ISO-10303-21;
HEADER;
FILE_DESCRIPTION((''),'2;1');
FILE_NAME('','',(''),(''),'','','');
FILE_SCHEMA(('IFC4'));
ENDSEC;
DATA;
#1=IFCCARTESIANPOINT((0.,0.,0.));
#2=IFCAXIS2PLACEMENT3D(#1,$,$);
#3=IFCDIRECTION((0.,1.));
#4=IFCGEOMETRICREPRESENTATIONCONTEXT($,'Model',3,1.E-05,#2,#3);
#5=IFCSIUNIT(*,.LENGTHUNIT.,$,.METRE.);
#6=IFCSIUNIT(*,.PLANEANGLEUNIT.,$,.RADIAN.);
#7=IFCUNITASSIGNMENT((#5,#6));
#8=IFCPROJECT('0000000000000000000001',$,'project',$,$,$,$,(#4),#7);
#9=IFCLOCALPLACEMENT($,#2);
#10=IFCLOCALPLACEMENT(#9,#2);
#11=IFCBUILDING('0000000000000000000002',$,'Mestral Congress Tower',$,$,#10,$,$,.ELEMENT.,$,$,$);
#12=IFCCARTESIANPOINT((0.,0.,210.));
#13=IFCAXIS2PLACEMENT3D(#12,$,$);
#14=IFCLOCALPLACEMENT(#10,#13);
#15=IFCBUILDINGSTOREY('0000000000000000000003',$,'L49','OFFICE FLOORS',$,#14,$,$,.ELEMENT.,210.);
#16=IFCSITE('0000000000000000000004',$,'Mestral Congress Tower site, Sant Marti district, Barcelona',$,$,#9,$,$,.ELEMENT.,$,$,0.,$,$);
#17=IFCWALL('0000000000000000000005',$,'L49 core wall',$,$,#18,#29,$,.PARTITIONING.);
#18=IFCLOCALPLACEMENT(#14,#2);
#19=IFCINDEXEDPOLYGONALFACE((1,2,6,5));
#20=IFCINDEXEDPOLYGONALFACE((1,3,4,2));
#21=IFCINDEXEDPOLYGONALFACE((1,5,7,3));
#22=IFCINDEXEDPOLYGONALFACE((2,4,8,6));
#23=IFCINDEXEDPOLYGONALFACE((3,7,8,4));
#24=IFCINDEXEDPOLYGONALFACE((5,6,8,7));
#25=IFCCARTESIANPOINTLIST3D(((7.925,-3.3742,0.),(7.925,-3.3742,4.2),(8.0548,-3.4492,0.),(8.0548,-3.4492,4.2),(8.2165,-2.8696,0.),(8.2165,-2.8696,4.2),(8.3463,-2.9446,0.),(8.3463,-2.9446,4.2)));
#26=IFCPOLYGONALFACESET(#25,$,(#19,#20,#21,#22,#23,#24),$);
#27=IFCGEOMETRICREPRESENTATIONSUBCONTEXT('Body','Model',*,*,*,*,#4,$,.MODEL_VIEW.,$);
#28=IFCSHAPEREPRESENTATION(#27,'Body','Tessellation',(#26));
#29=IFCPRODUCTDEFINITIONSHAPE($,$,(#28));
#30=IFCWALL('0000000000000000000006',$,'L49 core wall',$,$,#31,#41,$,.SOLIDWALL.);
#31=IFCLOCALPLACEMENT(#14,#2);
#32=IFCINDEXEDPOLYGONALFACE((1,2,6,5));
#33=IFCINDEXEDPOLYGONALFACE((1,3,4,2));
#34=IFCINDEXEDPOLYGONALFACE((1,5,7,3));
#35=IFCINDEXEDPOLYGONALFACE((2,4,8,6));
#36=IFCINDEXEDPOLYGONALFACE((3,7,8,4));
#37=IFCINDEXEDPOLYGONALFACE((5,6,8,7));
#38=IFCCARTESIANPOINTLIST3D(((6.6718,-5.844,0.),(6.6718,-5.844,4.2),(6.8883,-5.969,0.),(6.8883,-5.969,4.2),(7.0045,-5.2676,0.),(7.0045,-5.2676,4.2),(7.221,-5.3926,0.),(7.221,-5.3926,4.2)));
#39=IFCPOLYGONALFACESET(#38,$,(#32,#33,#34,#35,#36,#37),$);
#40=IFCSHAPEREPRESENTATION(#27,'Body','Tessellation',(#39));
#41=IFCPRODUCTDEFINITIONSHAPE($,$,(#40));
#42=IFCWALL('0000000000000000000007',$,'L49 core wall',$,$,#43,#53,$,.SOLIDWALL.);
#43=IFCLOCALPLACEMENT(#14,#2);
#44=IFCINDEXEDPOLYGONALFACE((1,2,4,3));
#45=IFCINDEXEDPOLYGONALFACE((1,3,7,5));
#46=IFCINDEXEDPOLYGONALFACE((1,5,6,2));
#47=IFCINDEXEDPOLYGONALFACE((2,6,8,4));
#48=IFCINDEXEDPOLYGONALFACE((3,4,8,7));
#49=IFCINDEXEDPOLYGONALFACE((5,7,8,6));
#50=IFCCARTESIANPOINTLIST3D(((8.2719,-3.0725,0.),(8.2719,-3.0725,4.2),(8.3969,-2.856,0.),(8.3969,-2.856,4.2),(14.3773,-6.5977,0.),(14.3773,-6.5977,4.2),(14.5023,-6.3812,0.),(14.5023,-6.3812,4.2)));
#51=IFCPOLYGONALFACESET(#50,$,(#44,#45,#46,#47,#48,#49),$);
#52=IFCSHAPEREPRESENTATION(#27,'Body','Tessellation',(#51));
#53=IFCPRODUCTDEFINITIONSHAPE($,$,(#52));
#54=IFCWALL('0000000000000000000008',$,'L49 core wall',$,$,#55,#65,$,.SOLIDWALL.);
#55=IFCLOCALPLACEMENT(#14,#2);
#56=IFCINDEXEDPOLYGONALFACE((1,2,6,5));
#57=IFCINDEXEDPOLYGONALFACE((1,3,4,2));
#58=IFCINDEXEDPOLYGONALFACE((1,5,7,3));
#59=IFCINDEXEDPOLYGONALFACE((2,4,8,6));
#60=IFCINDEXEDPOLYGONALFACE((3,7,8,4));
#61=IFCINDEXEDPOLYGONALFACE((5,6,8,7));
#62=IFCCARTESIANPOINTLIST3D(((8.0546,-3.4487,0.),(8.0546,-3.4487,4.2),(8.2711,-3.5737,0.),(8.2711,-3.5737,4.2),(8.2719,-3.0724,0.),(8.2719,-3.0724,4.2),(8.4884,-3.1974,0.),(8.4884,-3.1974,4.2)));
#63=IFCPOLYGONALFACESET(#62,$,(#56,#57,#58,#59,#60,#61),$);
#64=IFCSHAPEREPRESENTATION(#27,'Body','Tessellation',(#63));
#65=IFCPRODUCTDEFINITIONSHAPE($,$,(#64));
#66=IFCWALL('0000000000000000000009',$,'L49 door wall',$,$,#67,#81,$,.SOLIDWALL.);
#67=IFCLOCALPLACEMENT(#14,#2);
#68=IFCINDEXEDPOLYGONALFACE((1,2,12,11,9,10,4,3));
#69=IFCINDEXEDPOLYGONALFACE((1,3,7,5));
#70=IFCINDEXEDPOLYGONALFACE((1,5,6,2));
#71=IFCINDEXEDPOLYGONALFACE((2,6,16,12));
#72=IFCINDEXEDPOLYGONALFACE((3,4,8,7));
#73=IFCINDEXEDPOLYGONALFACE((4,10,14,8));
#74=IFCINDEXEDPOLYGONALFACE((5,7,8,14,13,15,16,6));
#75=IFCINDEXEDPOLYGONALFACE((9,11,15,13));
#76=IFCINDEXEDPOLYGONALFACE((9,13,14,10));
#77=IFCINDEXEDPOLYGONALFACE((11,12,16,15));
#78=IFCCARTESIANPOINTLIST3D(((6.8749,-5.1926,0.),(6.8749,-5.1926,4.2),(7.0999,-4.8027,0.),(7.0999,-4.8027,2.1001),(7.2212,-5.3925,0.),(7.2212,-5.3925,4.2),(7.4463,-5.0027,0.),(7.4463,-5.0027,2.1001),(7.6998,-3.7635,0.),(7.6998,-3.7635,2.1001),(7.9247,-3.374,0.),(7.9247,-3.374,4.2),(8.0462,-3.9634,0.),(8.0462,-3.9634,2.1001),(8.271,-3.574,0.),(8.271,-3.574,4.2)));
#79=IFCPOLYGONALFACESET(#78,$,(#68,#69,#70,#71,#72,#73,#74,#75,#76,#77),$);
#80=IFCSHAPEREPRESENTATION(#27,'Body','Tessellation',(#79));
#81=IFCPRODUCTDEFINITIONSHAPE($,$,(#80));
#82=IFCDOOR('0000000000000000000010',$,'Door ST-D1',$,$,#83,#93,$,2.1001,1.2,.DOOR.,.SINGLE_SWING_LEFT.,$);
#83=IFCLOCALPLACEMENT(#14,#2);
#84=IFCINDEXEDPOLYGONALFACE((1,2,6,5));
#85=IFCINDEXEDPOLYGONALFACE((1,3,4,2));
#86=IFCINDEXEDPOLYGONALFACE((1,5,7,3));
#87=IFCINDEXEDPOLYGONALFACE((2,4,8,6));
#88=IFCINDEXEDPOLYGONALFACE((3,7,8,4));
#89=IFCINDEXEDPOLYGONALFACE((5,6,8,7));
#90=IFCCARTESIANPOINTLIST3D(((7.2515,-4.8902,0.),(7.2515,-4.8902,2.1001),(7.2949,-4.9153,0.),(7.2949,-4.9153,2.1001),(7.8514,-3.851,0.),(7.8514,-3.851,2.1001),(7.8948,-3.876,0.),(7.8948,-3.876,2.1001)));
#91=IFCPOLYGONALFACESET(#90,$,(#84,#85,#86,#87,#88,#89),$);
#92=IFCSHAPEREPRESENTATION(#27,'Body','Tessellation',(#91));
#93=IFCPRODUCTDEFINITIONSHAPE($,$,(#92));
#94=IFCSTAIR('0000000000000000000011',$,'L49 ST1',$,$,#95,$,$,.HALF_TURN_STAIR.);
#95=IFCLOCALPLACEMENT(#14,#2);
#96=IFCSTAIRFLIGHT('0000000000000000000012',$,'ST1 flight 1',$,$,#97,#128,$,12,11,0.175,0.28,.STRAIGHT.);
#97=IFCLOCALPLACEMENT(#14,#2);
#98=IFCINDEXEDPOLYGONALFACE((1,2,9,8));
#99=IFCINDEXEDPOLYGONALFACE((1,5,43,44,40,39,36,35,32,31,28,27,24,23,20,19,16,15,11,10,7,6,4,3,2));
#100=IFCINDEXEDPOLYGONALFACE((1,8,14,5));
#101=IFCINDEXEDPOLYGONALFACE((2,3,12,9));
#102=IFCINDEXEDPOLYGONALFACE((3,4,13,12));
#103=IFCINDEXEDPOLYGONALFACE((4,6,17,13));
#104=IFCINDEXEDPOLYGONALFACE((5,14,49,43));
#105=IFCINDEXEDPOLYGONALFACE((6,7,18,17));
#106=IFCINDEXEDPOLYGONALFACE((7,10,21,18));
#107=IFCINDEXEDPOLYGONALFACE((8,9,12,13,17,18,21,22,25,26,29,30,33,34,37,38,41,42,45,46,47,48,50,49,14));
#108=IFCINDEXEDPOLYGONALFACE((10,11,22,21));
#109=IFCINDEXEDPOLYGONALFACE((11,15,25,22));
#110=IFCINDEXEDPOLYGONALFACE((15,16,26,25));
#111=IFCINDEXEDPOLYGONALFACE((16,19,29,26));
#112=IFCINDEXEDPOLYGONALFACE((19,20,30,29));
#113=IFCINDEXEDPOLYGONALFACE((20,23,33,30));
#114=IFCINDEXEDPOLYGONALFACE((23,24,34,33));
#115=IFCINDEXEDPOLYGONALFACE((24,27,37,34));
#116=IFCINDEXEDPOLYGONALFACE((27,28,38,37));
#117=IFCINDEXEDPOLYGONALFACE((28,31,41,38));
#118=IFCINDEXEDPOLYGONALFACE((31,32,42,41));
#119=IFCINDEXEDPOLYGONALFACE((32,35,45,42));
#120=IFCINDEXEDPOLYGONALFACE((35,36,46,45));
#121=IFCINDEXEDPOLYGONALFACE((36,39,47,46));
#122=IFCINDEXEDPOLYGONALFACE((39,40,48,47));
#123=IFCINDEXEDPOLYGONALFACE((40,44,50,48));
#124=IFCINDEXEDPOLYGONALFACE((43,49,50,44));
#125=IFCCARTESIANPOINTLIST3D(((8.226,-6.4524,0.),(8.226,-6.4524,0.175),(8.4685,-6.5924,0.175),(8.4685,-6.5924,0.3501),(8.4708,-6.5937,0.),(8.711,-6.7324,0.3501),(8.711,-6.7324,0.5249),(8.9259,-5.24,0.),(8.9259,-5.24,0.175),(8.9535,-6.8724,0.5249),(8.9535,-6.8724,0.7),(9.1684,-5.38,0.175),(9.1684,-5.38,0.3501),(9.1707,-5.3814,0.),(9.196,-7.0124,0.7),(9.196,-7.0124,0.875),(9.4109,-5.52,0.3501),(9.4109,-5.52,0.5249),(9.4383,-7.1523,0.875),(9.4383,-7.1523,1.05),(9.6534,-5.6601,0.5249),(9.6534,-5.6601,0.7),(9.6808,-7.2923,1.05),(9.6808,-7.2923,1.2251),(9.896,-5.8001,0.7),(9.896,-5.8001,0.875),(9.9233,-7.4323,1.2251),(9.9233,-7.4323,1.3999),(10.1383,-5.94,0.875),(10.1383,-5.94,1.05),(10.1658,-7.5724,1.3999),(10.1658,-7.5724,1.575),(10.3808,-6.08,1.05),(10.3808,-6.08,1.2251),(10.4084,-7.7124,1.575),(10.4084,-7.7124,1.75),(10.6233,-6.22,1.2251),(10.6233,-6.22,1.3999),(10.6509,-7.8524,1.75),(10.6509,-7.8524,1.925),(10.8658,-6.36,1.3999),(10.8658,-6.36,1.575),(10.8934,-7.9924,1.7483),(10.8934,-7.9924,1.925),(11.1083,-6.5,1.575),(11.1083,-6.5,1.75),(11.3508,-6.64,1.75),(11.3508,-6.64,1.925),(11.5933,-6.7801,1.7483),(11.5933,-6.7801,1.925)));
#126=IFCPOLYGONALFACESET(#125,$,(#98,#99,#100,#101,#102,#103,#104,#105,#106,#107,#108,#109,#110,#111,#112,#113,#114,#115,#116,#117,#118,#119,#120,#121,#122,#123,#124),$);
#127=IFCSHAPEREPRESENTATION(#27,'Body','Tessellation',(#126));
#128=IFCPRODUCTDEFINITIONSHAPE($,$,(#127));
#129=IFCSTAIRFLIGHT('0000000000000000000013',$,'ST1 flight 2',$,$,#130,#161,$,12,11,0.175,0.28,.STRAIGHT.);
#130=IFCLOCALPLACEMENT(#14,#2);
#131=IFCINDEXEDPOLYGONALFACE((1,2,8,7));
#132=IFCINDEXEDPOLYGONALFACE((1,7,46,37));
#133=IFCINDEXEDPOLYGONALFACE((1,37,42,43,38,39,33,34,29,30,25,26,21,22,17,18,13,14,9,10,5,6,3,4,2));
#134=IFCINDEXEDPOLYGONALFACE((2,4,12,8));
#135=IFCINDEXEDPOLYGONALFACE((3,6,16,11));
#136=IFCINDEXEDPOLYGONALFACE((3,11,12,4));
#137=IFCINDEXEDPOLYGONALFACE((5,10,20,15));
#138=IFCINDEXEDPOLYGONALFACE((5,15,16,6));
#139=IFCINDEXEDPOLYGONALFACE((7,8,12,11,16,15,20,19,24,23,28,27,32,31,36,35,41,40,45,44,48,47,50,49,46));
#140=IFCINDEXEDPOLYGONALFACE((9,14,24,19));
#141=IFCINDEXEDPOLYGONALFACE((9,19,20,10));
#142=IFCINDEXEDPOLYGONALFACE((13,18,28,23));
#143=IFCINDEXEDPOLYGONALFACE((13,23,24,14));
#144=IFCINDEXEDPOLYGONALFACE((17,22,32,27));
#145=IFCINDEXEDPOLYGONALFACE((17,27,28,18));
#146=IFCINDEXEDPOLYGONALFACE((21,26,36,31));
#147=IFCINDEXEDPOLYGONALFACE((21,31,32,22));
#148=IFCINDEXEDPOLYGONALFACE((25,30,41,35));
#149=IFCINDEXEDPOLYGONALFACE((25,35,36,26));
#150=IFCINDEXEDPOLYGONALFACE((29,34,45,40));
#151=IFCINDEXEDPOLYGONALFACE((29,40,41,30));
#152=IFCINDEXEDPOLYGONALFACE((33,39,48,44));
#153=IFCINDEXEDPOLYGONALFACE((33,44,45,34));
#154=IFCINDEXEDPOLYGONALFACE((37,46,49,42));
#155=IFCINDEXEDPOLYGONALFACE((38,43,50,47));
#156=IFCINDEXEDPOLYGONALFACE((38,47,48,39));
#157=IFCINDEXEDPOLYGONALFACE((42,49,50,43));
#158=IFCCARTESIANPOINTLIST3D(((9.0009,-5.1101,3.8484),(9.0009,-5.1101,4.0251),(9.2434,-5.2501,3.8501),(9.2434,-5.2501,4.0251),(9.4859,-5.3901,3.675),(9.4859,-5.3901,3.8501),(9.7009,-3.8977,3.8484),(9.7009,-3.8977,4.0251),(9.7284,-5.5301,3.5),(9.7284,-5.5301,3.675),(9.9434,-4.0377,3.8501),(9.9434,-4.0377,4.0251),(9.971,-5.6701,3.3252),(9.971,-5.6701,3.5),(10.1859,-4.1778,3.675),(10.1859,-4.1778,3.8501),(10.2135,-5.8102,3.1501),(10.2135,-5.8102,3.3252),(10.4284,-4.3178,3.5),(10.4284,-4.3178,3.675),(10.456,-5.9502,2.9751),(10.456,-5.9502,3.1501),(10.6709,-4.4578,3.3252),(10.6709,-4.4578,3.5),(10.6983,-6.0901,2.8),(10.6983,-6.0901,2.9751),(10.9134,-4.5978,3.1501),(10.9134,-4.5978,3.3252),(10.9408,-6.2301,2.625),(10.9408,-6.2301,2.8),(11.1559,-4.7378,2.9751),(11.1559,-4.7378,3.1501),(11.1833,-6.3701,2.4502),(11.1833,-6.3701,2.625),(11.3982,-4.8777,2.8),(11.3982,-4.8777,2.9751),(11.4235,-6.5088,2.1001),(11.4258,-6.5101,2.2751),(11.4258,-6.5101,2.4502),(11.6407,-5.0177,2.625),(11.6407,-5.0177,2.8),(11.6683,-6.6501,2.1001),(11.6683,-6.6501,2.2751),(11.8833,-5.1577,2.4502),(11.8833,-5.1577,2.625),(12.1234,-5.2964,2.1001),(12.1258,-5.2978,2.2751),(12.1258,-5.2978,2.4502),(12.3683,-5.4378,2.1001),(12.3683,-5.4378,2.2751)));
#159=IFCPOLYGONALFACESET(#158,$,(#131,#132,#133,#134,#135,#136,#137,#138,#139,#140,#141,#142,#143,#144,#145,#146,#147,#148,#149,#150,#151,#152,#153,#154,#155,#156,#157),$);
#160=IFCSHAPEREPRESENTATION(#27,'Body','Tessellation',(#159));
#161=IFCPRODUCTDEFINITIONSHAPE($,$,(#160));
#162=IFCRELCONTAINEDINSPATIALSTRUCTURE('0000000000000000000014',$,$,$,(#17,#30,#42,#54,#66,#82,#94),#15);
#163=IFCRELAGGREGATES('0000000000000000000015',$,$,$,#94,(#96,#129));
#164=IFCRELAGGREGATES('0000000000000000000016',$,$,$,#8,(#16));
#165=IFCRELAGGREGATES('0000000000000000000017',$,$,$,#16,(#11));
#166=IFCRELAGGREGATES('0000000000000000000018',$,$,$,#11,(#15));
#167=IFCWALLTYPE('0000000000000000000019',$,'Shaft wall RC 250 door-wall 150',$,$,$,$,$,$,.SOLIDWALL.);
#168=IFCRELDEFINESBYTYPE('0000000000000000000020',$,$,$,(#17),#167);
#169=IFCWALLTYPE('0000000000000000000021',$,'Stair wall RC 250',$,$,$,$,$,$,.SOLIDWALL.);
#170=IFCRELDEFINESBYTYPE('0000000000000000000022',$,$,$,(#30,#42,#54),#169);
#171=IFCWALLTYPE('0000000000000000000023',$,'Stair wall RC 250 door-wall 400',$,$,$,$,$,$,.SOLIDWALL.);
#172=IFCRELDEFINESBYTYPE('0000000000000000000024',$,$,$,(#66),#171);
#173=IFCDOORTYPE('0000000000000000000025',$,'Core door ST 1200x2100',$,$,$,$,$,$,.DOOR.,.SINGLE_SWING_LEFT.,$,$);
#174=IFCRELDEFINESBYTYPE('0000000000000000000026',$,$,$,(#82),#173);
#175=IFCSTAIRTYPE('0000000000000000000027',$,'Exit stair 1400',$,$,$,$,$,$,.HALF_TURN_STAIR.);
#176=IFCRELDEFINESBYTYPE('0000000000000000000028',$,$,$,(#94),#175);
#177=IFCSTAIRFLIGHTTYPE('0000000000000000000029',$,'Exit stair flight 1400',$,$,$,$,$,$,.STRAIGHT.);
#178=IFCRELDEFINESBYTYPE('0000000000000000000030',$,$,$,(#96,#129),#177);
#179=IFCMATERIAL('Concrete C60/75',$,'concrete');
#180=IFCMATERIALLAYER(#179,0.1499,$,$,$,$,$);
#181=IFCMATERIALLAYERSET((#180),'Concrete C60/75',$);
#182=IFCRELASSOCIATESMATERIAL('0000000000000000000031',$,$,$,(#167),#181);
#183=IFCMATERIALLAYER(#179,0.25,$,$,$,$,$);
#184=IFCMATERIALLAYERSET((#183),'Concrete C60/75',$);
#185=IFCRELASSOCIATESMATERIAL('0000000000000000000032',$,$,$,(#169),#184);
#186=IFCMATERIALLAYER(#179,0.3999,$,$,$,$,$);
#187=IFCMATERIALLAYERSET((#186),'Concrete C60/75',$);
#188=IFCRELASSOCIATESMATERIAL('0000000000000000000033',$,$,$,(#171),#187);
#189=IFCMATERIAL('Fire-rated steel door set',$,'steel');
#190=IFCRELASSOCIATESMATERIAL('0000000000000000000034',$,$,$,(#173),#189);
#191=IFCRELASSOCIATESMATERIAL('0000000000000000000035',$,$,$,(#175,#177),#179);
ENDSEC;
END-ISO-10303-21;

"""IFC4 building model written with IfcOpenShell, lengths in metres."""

from ifc_helpers import new_model, si_unit, direction, frame, frame_2d, origin, place, context, subcontext, project, spatial, polyline, rectangle, outline, extrude, material, layer, layer_set, type_object, element, fill, aggregate, save


model = new_model("IFC4")

# Units and contexts
model_context = context("Model", 3, precision=1e-05, world=origin(), true_north=direction((0.0, 1.0)))
body_context = subcontext(model_context, "Body", "Model", "MODEL_VIEW")
ifc_project = project(units=[si_unit("LENGTHUNIT", "METRE"), si_unit("PLANEANGLEUNIT", "RADIAN")], contexts=[model_context])

# Site, building, storey
site_placement = place(None, origin())
site = spatial("IfcSite", under=ifc_project, at=site_placement, Name="Mestral Congress Tower site, Sant Marti district, Barcelona", CompositionType="ELEMENT", RefElevation=0.0)
building_placement = place(site_placement, origin())
building = spatial("IfcBuilding", under=site, at=building_placement, Name="Mestral Congress Tower", CompositionType="ELEMENT")
storey_placement = place(building_placement, frame((0.0, 0.0, 210.0)))
storey = spatial("IfcBuildingStorey", under=building, at=storey_placement, Name="L49", Description="OFFICE FLOORS", CompositionType="ELEMENT", Elevation=210.0)

# Shared definitions
ifc_material_1 = material(Name="Fire-rated steel door set", Category="steel")

# Walls
ifc_material_2 = material(Name="Concrete C60/75", Category="concrete")
ifc_layer_1 = layer(ifc_material_2, 0.1499)
ifc_layer_set_1 = layer_set([ifc_layer_1], Name="Concrete C60/75")
wall_type_1 = type_object("IfcWallType", Name="Shaft wall RC 250 door-wall 150", PredefinedType="SOLIDWALL", material=ifc_layer_set_1)
wall_1_placement = place(storey_placement, frame((8.2815, -2.907, 0.0), z_axis=(0.0, 0.0, 1.0), x_axis=(-0.500194, -0.865913, 0.0)))
element("IfcWall", 1, at=wall_1_placement, inside=storey, type_object=wall_type_1, Name="L49 core wall", PredefinedType="PARTITIONING", context=body_context, shape_type="SweptSolid", body=[
    extrude(rectangle(XDim=0.5828, YDim=0.1499, at=frame_2d((0.2915, 0.0))), origin(), (0.0, 0.0, 1.0), 4.2),
])
ifc_layer_2 = layer(ifc_material_2, 0.25)
ifc_layer_set_2 = layer_set([ifc_layer_2], Name="Concrete C60/75")
wall_type_2 = type_object("IfcWallType", Name="Stair wall RC 250", PredefinedType="SOLIDWALL", material=ifc_layer_set_2)
wall_2_placement = place(storey_placement, frame((7.1128, -5.3301, 0.0), z_axis=(0.0, 0.0, 1.0), x_axis=(-0.499966, -0.866045, 0.0)))
element("IfcWall", 2, at=wall_2_placement, inside=storey, type_object=wall_type_2, Name="L49 core wall", PredefinedType="SOLIDWALL", context=body_context, shape_type="SweptSolid", body=[
    extrude(rectangle(XDim=0.6655, YDim=0.25, at=frame_2d((0.3328, 0.0))), origin(), (0.0, 0.0, 1.0), 4.2),
])
wall_3_placement = place(storey_placement, frame((8.3345, -2.9644, 0.0), z_axis=(0.0, 0.0, 1.0), x_axis=(0.866016, -0.500016, 0.0)))
element("IfcWall", 3, at=wall_3_placement, inside=storey, type_object=wall_type_2, Name="L49 core wall", PredefinedType="SOLIDWALL", context=body_context, shape_type="SweptSolid", body=[
    extrude(rectangle(XDim=7.05, YDim=0.25, at=frame_2d((3.5249, 0.0))), origin(), (0.0, 0.0, 1.0), 4.2),
])
wall_4_placement = place(storey_placement, frame((8.1628, -3.5112, 0.0), z_axis=(0.0, 0.0, 1.0), x_axis=(0.500128, 0.865952, 0.0)))
element("IfcWall", 4, at=wall_4_placement, inside=storey, type_object=wall_type_2, Name="L49 core wall", PredefinedType="SOLIDWALL", context=body_context, shape_type="SweptSolid", body=[
    extrude(rectangle(XDim=0.4346, YDim=0.25, at=frame_2d((0.2173, 0.0))), origin(), (0.0, 0.0, 1.0), 4.2),
])

# Wall, opening, door
ifc_layer_3 = layer(ifc_material_2, 0.3999)
ifc_layer_set_3 = layer_set([ifc_layer_3], Name="Concrete C60/75")
wall_type_3 = type_object("IfcWallType", Name="Stair wall RC 250 door-wall 400", PredefinedType="SOLIDWALL", material=ifc_layer_set_3)
wall_5_placement = place(storey_placement, frame((7.0481, -5.2925, 0.0), z_axis=(0.0, 0.0, 1.0), x_axis=(0.499941, 0.86606, 0.0)))
wall_5 = element("IfcWall", 5, at=wall_5_placement, inside=storey, type_object=wall_type_3, Name="L49 door wall", PredefinedType="SOLIDWALL", context=body_context, shape_type="SweptSolid", body=[
    extrude(rectangle(XDim=2.0999, YDim=0.3999, at=frame_2d((1.0498, 0.0))), origin(), (0.0, 0.0, 1.0), 4.2),
])
opening_1_placement = place(wall_5_placement, frame((0.45, 0.0, 0.0)))
opening_1 = element("IfcOpeningElement", 6, at=opening_1_placement, cuts=wall_5, PredefinedType="OPENING", context=body_context, shape_type="SweptSolid", body=[
    extrude(rectangle(XDim=1.2, YDim=2.1001, at=frame_2d((0.6001, 1.05))), frame((0.0, 0.21, 0.0), z_axis=(0.0, -1.0, 0.0), x_axis=(1.0, 0.0, 0.0)), (0.0, 0.0, 1.0), 0.4199),
])
door_type_1 = type_object("IfcDoorType", Name="Core door ST 1200x2100", OperationType="SINGLE_SWING_LEFT", PredefinedType="DOOR", material=ifc_material_1)
door_1_placement = place(opening_1_placement, origin())
door_1 = element("IfcDoor", 7, at=door_1_placement, inside=storey, type_object=door_type_1, Name="Door ST-D1", OperationType="SINGLE_SWING_LEFT", OverallHeight=2.1001, OverallWidth=1.2, PredefinedType="DOOR", context=body_context, shape_type="SweptSolid", body=[
    extrude(rectangle(XDim=1.2, YDim=2.1001, at=frame_2d((0.6001, 1.05))), frame((0.0, 0.0249, 0.0), z_axis=(0.0, -1.0, 0.0), x_axis=(1.0, 0.0, 0.0)), (0.0, 0.0, 1.0), 0.05),
])
fill(opening_1, door_1)

# Stair, stair flights
stair_type = type_object("IfcStairType", Name="Exit stair 1400", PredefinedType="HALF_TURN_STAIR", material=ifc_material_2)
stair_placement = place(storey_placement, origin())
stair = element("IfcStair", 8, at=stair_placement, inside=storey, type_object=stair_type, Name="L49 ST1", PredefinedType="HALF_TURN_STAIR")
stair_flight_type = type_object("IfcStairFlightType", Name="Exit stair flight 1400", PredefinedType="STRAIGHT", material=ifc_material_2)
stair_flight_1_placement = place(storey_placement, frame((8.5759, -5.8462, 0.0), z_axis=(0.0, 0.0, 1.0), x_axis=(0.866025, -0.5, 0.0)))
stair_flight_1 = element("IfcStairFlight", 9, at=stair_flight_1_placement, type_object=stair_flight_type, Name="ST1 flight 1", NumberOfRisers=12, NumberOfTreads=11, PredefinedType="STRAIGHT", RiserHeight=0.175, TreadLength=0.28, context=body_context, shape_type="SweptSolid", body=[
    extrude(outline(polyline([(0.0, 0.0), (0.0, 0.175), (0.28, 0.175), (0.28, 0.3501), (0.5601, 0.3501), (0.5601, 0.5249), (0.8401, 0.5249), (0.8401, 0.7), (1.1201, 0.7), (1.1201, 0.875), (1.3999, 0.875), (1.3999, 1.05), (1.6799, 1.05), (1.6799, 1.2251), (1.96, 1.2251), (1.96, 1.3999), (2.24, 1.3999), (2.24, 1.575), (2.52, 1.575), (2.52, 1.75), (2.8, 1.75), (2.8, 1.925), (3.0801, 1.925), (3.0801, 2.1001), (3.0801, 1.7483), (0.2827, 0.0), (0.0, 0.0)])), frame((0.0, 0.7, 0.0), z_axis=(0.0, -1.0, 0.0), x_axis=(1.0, 0.0, 0.0)), (0.0, 0.0, 1.0), 1.3999),
])
stair_flight_2_placement = place(storey_placement, frame((12.0183, -6.0439, 2.1001), z_axis=(0.0, 0.0, 1.0), x_axis=(-0.866025, 0.5, 0.0)))
stair_flight_2 = element("IfcStairFlight", 10, at=stair_flight_2_placement, type_object=stair_flight_type, Name="ST1 flight 2", NumberOfRisers=12, NumberOfTreads=11, PredefinedType="STRAIGHT", RiserHeight=0.175, TreadLength=0.28, context=body_context, shape_type="SweptSolid", body=[
    extrude(outline(polyline([(0.0, 0.0), (0.0, 0.175), (0.28, 0.175), (0.28, 0.3501), (0.5601, 0.3501), (0.5601, 0.5249), (0.8401, 0.5249), (0.8401, 0.7), (1.1201, 0.7), (1.1201, 0.875), (1.3999, 0.875), (1.3999, 1.05), (1.6799, 1.05), (1.6799, 1.2251), (1.96, 1.2251), (1.96, 1.3999), (2.24, 1.3999), (2.24, 1.575), (2.52, 1.575), (2.52, 1.75), (2.8, 1.75), (2.8, 1.925), (3.0801, 1.925), (3.0801, 2.1001), (3.0801, 1.7483), (0.2827, 0.0), (0.0, 0.0)])), frame((0.0, 0.7, 0.0), z_axis=(0.0, -1.0, 0.0), x_axis=(1.0, 0.0, 0.0)), (0.0, 0.0, 1.0), 1.3999),
])
aggregate(stair, [stair_flight_1, stair_flight_2])

save(model, "model.ifc")
